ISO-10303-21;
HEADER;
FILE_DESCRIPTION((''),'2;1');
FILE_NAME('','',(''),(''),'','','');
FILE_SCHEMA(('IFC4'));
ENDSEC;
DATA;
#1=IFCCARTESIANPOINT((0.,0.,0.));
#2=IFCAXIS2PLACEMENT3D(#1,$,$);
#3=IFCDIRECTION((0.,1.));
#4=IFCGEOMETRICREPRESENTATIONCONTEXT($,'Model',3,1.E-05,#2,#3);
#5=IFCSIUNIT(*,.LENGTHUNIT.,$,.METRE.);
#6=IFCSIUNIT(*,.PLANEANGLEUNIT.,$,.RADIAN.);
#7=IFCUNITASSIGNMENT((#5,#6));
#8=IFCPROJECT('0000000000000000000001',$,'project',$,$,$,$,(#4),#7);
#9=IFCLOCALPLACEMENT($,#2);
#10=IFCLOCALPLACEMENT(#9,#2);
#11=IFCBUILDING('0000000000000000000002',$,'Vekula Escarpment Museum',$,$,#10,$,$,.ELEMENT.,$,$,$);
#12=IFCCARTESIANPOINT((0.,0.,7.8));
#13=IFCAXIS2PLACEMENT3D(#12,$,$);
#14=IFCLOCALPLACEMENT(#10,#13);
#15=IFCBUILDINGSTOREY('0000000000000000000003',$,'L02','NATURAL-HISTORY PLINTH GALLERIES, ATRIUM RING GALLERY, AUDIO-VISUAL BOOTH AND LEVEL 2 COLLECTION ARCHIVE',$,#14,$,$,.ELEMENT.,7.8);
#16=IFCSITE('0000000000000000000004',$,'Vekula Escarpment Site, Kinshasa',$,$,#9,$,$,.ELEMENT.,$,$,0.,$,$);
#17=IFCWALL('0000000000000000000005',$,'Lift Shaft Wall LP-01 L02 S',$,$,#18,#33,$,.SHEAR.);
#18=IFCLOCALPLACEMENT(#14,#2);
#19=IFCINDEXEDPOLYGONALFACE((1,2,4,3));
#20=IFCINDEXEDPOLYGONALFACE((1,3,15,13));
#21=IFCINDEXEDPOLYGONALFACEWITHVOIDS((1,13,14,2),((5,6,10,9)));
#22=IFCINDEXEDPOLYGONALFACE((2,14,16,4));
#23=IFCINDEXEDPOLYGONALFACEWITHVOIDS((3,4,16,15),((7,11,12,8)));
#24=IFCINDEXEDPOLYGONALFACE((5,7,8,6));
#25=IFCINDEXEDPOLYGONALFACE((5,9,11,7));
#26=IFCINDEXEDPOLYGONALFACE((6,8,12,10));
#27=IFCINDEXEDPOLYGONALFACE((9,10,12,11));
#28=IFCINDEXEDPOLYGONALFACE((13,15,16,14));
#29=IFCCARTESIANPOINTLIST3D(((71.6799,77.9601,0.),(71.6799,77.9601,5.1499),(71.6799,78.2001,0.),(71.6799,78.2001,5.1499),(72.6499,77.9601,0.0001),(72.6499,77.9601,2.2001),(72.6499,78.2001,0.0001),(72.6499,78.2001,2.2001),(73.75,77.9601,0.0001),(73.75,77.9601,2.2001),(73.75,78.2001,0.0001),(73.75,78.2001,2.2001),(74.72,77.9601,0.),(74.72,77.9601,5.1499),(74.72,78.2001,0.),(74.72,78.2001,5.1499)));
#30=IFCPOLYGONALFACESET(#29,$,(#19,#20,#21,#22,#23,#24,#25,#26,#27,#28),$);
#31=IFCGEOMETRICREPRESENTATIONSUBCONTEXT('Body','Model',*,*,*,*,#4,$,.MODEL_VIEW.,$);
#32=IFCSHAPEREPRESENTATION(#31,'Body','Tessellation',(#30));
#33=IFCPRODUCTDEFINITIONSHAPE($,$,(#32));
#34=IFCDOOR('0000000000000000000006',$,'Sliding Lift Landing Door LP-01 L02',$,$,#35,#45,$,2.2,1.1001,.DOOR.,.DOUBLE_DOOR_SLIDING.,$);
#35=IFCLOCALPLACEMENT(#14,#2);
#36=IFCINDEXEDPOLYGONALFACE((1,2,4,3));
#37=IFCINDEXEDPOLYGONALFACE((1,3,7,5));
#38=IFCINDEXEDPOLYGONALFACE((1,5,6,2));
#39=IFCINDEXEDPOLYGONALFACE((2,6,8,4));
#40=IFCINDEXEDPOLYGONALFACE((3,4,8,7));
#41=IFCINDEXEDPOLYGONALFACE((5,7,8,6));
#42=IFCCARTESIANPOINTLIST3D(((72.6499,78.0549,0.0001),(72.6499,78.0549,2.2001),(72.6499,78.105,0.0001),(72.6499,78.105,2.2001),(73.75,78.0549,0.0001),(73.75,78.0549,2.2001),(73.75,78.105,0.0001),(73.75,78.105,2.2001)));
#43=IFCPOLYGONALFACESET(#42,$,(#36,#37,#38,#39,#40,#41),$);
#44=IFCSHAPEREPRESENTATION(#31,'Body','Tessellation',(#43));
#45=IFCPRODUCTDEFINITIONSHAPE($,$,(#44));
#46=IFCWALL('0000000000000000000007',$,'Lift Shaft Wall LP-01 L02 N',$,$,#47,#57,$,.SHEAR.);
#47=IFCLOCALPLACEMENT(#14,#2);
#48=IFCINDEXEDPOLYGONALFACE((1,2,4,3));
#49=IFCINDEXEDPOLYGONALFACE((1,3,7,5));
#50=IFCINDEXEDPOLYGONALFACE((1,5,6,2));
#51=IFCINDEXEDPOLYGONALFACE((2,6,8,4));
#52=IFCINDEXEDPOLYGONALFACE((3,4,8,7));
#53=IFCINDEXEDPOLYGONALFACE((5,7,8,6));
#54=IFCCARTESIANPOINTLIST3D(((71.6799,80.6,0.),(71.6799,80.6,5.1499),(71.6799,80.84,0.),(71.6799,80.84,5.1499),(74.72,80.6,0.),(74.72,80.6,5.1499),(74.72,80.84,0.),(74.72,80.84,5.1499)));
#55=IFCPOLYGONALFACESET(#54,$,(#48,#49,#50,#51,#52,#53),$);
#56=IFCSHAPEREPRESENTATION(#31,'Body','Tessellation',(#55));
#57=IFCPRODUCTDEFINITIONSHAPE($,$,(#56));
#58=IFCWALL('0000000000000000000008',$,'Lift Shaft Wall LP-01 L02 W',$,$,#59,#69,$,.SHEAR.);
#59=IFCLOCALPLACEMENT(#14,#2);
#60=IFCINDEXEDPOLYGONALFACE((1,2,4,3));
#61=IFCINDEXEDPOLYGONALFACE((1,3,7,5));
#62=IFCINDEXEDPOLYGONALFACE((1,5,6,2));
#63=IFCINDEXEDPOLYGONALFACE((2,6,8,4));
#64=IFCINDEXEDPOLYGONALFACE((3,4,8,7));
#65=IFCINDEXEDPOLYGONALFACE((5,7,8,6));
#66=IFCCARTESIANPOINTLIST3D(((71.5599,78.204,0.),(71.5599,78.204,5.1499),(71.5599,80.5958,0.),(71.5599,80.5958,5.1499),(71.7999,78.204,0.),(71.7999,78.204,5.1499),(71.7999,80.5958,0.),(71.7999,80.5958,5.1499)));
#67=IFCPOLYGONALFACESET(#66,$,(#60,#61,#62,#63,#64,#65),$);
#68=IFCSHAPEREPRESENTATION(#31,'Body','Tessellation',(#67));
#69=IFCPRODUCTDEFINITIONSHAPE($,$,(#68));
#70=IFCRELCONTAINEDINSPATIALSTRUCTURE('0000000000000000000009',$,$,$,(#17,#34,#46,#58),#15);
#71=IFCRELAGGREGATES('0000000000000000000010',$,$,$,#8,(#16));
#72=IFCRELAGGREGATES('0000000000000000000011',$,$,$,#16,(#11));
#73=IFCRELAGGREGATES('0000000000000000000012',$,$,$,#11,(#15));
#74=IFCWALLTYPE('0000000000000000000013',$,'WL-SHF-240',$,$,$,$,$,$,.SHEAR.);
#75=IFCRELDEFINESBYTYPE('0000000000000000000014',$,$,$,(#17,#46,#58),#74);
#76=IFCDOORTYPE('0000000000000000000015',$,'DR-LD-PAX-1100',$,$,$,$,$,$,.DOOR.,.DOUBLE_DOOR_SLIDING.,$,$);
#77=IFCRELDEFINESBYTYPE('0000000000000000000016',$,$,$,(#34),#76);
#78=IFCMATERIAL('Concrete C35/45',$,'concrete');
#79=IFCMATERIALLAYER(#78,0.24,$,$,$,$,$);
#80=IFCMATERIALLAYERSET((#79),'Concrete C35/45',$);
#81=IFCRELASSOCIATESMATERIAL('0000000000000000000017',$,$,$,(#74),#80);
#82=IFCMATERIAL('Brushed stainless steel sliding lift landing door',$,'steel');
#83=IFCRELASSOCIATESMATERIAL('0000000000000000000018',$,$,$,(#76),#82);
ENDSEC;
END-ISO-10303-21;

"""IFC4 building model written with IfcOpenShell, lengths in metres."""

from ifc_helpers import new_model, si_unit, direction, frame, frame_2d, origin, place, context, subcontext, project, spatial, rectangle, extrude, material, layer, layer_set, type_object, element, fill, save


model = new_model("IFC4")

# Units and contexts
model_context = context("Model", 3, precision=1e-05, world=origin(), true_north=direction((0.0, 1.0)))
body_context = subcontext(model_context, "Body", "Model", "MODEL_VIEW")
ifc_project = project(units=[si_unit("LENGTHUNIT", "METRE"), si_unit("PLANEANGLEUNIT", "RADIAN")], contexts=[model_context])

# Site, building, storey
site_placement = place(None, origin())
site = spatial("IfcSite", under=ifc_project, at=site_placement, Name="Vekula Escarpment Site, Kinshasa", CompositionType="ELEMENT", RefElevation=0.0)
building_placement = place(site_placement, origin())
building = spatial("IfcBuilding", under=site, at=building_placement, Name="Vekula Escarpment Museum", CompositionType="ELEMENT")
storey_placement = place(building_placement, frame((0.0, 0.0, 7.8)))
storey = spatial("IfcBuildingStorey", under=building, at=storey_placement, Name="L02", Description="NATURAL-HISTORY PLINTH GALLERIES, ATRIUM RING GALLERY, AUDIO-VISUAL BOOTH AND LEVEL 2 COLLECTION ARCHIVE", CompositionType="ELEMENT", Elevation=7.8)

# Wall, opening, door
ifc_material_1 = material(Name="Concrete C35/45", Category="concrete")
ifc_layer_1 = layer(ifc_material_1, 0.24)
ifc_layer_set_1 = layer_set([ifc_layer_1], Name="Concrete C35/45")
wall_type_1 = type_object("IfcWallType", Name="WL-SHF-240", PredefinedType="SHEAR", material=ifc_layer_set_1)
wall_1_placement = place(storey_placement, frame((71.6799, 78.0801, 0.0), z_axis=(0.0, 0.0, 1.0), x_axis=(1.0, 0.0, 0.0)))
wall_1 = element("IfcWall", 1, at=wall_1_placement, inside=storey, type_object=wall_type_1, Name="Lift Shaft Wall LP-01 L02 S", PredefinedType="SHEAR", context=body_context, shape_type="SweptSolid", body=[
    extrude(rectangle(XDim=3.04, YDim=0.24, at=frame_2d((1.52, 0.0))), origin(), (0.0, 0.0, 1.0), 5.1499),
])
opening_1_placement = place(wall_1_placement, frame((0.97, 0.0, 0.0)))
opening_1 = element("IfcOpeningElement", 2, at=opening_1_placement, cuts=wall_1, PredefinedType="OPENING", context=body_context, shape_type="SweptSolid", body=[
    extrude(rectangle(XDim=1.1001, YDim=2.2, at=frame_2d((0.55, 1.1001))), frame((0.0, 0.1299, 0.0), z_axis=(0.0, -1.0, 0.0), x_axis=(1.0, 0.0, 0.0)), (0.0, 0.0, 1.0), 0.26),
])
ifc_material_2 = material(Name="Brushed stainless steel sliding lift landing door", Category="steel")
door_type_1 = type_object("IfcDoorType", Name="DR-LD-PAX-1100", OperationType="DOUBLE_DOOR_SLIDING", PredefinedType="DOOR", material=ifc_material_2)
door_1_placement = place(opening_1_placement, origin())
door_1 = element("IfcDoor", 3, at=door_1_placement, inside=storey, type_object=door_type_1, Name="Sliding Lift Landing Door LP-01 L02", OperationType="DOUBLE_DOOR_SLIDING", OverallHeight=2.2, OverallWidth=1.1001, PredefinedType="DOOR", context=body_context, shape_type="SweptSolid", body=[
    extrude(rectangle(XDim=1.1001, YDim=2.2, at=frame_2d((0.55, 1.1001))), frame((0.0, 0.0249, 0.0), z_axis=(0.0, -1.0, 0.0), x_axis=(1.0, 0.0, 0.0)), (0.0, 0.0, 1.0), 0.05),
])
fill(opening_1, door_1)

# Walls
wall_2_placement = place(storey_placement, frame((71.6799, 80.72, 0.0), z_axis=(0.0, 0.0, 1.0), x_axis=(1.0, 0.0, 0.0)))
element("IfcWall", 4, at=wall_2_placement, inside=storey, type_object=wall_type_1, Name="Lift Shaft Wall LP-01 L02 N", PredefinedType="SHEAR", context=body_context, shape_type="SweptSolid", body=[
    extrude(rectangle(XDim=3.04, YDim=0.24, at=frame_2d((1.52, 0.0))), origin(), (0.0, 0.0, 1.0), 5.1499),
])
wall_3_placement = place(storey_placement, frame((71.6799, 78.2041, 0.0), z_axis=(0.0, 0.0, 1.0), x_axis=(0.0, 1.0, 0.0)))
element("IfcWall", 5, at=wall_3_placement, inside=storey, type_object=wall_type_1, Name="Lift Shaft Wall LP-01 L02 W", PredefinedType="SHEAR", context=body_context, shape_type="SweptSolid", body=[
    extrude(rectangle(XDim=2.3918, YDim=0.24, at=frame_2d((1.1958, 0.0))), origin(), (0.0, 0.0, 1.0), 5.1499),
])

save(model, "model.ifc")
